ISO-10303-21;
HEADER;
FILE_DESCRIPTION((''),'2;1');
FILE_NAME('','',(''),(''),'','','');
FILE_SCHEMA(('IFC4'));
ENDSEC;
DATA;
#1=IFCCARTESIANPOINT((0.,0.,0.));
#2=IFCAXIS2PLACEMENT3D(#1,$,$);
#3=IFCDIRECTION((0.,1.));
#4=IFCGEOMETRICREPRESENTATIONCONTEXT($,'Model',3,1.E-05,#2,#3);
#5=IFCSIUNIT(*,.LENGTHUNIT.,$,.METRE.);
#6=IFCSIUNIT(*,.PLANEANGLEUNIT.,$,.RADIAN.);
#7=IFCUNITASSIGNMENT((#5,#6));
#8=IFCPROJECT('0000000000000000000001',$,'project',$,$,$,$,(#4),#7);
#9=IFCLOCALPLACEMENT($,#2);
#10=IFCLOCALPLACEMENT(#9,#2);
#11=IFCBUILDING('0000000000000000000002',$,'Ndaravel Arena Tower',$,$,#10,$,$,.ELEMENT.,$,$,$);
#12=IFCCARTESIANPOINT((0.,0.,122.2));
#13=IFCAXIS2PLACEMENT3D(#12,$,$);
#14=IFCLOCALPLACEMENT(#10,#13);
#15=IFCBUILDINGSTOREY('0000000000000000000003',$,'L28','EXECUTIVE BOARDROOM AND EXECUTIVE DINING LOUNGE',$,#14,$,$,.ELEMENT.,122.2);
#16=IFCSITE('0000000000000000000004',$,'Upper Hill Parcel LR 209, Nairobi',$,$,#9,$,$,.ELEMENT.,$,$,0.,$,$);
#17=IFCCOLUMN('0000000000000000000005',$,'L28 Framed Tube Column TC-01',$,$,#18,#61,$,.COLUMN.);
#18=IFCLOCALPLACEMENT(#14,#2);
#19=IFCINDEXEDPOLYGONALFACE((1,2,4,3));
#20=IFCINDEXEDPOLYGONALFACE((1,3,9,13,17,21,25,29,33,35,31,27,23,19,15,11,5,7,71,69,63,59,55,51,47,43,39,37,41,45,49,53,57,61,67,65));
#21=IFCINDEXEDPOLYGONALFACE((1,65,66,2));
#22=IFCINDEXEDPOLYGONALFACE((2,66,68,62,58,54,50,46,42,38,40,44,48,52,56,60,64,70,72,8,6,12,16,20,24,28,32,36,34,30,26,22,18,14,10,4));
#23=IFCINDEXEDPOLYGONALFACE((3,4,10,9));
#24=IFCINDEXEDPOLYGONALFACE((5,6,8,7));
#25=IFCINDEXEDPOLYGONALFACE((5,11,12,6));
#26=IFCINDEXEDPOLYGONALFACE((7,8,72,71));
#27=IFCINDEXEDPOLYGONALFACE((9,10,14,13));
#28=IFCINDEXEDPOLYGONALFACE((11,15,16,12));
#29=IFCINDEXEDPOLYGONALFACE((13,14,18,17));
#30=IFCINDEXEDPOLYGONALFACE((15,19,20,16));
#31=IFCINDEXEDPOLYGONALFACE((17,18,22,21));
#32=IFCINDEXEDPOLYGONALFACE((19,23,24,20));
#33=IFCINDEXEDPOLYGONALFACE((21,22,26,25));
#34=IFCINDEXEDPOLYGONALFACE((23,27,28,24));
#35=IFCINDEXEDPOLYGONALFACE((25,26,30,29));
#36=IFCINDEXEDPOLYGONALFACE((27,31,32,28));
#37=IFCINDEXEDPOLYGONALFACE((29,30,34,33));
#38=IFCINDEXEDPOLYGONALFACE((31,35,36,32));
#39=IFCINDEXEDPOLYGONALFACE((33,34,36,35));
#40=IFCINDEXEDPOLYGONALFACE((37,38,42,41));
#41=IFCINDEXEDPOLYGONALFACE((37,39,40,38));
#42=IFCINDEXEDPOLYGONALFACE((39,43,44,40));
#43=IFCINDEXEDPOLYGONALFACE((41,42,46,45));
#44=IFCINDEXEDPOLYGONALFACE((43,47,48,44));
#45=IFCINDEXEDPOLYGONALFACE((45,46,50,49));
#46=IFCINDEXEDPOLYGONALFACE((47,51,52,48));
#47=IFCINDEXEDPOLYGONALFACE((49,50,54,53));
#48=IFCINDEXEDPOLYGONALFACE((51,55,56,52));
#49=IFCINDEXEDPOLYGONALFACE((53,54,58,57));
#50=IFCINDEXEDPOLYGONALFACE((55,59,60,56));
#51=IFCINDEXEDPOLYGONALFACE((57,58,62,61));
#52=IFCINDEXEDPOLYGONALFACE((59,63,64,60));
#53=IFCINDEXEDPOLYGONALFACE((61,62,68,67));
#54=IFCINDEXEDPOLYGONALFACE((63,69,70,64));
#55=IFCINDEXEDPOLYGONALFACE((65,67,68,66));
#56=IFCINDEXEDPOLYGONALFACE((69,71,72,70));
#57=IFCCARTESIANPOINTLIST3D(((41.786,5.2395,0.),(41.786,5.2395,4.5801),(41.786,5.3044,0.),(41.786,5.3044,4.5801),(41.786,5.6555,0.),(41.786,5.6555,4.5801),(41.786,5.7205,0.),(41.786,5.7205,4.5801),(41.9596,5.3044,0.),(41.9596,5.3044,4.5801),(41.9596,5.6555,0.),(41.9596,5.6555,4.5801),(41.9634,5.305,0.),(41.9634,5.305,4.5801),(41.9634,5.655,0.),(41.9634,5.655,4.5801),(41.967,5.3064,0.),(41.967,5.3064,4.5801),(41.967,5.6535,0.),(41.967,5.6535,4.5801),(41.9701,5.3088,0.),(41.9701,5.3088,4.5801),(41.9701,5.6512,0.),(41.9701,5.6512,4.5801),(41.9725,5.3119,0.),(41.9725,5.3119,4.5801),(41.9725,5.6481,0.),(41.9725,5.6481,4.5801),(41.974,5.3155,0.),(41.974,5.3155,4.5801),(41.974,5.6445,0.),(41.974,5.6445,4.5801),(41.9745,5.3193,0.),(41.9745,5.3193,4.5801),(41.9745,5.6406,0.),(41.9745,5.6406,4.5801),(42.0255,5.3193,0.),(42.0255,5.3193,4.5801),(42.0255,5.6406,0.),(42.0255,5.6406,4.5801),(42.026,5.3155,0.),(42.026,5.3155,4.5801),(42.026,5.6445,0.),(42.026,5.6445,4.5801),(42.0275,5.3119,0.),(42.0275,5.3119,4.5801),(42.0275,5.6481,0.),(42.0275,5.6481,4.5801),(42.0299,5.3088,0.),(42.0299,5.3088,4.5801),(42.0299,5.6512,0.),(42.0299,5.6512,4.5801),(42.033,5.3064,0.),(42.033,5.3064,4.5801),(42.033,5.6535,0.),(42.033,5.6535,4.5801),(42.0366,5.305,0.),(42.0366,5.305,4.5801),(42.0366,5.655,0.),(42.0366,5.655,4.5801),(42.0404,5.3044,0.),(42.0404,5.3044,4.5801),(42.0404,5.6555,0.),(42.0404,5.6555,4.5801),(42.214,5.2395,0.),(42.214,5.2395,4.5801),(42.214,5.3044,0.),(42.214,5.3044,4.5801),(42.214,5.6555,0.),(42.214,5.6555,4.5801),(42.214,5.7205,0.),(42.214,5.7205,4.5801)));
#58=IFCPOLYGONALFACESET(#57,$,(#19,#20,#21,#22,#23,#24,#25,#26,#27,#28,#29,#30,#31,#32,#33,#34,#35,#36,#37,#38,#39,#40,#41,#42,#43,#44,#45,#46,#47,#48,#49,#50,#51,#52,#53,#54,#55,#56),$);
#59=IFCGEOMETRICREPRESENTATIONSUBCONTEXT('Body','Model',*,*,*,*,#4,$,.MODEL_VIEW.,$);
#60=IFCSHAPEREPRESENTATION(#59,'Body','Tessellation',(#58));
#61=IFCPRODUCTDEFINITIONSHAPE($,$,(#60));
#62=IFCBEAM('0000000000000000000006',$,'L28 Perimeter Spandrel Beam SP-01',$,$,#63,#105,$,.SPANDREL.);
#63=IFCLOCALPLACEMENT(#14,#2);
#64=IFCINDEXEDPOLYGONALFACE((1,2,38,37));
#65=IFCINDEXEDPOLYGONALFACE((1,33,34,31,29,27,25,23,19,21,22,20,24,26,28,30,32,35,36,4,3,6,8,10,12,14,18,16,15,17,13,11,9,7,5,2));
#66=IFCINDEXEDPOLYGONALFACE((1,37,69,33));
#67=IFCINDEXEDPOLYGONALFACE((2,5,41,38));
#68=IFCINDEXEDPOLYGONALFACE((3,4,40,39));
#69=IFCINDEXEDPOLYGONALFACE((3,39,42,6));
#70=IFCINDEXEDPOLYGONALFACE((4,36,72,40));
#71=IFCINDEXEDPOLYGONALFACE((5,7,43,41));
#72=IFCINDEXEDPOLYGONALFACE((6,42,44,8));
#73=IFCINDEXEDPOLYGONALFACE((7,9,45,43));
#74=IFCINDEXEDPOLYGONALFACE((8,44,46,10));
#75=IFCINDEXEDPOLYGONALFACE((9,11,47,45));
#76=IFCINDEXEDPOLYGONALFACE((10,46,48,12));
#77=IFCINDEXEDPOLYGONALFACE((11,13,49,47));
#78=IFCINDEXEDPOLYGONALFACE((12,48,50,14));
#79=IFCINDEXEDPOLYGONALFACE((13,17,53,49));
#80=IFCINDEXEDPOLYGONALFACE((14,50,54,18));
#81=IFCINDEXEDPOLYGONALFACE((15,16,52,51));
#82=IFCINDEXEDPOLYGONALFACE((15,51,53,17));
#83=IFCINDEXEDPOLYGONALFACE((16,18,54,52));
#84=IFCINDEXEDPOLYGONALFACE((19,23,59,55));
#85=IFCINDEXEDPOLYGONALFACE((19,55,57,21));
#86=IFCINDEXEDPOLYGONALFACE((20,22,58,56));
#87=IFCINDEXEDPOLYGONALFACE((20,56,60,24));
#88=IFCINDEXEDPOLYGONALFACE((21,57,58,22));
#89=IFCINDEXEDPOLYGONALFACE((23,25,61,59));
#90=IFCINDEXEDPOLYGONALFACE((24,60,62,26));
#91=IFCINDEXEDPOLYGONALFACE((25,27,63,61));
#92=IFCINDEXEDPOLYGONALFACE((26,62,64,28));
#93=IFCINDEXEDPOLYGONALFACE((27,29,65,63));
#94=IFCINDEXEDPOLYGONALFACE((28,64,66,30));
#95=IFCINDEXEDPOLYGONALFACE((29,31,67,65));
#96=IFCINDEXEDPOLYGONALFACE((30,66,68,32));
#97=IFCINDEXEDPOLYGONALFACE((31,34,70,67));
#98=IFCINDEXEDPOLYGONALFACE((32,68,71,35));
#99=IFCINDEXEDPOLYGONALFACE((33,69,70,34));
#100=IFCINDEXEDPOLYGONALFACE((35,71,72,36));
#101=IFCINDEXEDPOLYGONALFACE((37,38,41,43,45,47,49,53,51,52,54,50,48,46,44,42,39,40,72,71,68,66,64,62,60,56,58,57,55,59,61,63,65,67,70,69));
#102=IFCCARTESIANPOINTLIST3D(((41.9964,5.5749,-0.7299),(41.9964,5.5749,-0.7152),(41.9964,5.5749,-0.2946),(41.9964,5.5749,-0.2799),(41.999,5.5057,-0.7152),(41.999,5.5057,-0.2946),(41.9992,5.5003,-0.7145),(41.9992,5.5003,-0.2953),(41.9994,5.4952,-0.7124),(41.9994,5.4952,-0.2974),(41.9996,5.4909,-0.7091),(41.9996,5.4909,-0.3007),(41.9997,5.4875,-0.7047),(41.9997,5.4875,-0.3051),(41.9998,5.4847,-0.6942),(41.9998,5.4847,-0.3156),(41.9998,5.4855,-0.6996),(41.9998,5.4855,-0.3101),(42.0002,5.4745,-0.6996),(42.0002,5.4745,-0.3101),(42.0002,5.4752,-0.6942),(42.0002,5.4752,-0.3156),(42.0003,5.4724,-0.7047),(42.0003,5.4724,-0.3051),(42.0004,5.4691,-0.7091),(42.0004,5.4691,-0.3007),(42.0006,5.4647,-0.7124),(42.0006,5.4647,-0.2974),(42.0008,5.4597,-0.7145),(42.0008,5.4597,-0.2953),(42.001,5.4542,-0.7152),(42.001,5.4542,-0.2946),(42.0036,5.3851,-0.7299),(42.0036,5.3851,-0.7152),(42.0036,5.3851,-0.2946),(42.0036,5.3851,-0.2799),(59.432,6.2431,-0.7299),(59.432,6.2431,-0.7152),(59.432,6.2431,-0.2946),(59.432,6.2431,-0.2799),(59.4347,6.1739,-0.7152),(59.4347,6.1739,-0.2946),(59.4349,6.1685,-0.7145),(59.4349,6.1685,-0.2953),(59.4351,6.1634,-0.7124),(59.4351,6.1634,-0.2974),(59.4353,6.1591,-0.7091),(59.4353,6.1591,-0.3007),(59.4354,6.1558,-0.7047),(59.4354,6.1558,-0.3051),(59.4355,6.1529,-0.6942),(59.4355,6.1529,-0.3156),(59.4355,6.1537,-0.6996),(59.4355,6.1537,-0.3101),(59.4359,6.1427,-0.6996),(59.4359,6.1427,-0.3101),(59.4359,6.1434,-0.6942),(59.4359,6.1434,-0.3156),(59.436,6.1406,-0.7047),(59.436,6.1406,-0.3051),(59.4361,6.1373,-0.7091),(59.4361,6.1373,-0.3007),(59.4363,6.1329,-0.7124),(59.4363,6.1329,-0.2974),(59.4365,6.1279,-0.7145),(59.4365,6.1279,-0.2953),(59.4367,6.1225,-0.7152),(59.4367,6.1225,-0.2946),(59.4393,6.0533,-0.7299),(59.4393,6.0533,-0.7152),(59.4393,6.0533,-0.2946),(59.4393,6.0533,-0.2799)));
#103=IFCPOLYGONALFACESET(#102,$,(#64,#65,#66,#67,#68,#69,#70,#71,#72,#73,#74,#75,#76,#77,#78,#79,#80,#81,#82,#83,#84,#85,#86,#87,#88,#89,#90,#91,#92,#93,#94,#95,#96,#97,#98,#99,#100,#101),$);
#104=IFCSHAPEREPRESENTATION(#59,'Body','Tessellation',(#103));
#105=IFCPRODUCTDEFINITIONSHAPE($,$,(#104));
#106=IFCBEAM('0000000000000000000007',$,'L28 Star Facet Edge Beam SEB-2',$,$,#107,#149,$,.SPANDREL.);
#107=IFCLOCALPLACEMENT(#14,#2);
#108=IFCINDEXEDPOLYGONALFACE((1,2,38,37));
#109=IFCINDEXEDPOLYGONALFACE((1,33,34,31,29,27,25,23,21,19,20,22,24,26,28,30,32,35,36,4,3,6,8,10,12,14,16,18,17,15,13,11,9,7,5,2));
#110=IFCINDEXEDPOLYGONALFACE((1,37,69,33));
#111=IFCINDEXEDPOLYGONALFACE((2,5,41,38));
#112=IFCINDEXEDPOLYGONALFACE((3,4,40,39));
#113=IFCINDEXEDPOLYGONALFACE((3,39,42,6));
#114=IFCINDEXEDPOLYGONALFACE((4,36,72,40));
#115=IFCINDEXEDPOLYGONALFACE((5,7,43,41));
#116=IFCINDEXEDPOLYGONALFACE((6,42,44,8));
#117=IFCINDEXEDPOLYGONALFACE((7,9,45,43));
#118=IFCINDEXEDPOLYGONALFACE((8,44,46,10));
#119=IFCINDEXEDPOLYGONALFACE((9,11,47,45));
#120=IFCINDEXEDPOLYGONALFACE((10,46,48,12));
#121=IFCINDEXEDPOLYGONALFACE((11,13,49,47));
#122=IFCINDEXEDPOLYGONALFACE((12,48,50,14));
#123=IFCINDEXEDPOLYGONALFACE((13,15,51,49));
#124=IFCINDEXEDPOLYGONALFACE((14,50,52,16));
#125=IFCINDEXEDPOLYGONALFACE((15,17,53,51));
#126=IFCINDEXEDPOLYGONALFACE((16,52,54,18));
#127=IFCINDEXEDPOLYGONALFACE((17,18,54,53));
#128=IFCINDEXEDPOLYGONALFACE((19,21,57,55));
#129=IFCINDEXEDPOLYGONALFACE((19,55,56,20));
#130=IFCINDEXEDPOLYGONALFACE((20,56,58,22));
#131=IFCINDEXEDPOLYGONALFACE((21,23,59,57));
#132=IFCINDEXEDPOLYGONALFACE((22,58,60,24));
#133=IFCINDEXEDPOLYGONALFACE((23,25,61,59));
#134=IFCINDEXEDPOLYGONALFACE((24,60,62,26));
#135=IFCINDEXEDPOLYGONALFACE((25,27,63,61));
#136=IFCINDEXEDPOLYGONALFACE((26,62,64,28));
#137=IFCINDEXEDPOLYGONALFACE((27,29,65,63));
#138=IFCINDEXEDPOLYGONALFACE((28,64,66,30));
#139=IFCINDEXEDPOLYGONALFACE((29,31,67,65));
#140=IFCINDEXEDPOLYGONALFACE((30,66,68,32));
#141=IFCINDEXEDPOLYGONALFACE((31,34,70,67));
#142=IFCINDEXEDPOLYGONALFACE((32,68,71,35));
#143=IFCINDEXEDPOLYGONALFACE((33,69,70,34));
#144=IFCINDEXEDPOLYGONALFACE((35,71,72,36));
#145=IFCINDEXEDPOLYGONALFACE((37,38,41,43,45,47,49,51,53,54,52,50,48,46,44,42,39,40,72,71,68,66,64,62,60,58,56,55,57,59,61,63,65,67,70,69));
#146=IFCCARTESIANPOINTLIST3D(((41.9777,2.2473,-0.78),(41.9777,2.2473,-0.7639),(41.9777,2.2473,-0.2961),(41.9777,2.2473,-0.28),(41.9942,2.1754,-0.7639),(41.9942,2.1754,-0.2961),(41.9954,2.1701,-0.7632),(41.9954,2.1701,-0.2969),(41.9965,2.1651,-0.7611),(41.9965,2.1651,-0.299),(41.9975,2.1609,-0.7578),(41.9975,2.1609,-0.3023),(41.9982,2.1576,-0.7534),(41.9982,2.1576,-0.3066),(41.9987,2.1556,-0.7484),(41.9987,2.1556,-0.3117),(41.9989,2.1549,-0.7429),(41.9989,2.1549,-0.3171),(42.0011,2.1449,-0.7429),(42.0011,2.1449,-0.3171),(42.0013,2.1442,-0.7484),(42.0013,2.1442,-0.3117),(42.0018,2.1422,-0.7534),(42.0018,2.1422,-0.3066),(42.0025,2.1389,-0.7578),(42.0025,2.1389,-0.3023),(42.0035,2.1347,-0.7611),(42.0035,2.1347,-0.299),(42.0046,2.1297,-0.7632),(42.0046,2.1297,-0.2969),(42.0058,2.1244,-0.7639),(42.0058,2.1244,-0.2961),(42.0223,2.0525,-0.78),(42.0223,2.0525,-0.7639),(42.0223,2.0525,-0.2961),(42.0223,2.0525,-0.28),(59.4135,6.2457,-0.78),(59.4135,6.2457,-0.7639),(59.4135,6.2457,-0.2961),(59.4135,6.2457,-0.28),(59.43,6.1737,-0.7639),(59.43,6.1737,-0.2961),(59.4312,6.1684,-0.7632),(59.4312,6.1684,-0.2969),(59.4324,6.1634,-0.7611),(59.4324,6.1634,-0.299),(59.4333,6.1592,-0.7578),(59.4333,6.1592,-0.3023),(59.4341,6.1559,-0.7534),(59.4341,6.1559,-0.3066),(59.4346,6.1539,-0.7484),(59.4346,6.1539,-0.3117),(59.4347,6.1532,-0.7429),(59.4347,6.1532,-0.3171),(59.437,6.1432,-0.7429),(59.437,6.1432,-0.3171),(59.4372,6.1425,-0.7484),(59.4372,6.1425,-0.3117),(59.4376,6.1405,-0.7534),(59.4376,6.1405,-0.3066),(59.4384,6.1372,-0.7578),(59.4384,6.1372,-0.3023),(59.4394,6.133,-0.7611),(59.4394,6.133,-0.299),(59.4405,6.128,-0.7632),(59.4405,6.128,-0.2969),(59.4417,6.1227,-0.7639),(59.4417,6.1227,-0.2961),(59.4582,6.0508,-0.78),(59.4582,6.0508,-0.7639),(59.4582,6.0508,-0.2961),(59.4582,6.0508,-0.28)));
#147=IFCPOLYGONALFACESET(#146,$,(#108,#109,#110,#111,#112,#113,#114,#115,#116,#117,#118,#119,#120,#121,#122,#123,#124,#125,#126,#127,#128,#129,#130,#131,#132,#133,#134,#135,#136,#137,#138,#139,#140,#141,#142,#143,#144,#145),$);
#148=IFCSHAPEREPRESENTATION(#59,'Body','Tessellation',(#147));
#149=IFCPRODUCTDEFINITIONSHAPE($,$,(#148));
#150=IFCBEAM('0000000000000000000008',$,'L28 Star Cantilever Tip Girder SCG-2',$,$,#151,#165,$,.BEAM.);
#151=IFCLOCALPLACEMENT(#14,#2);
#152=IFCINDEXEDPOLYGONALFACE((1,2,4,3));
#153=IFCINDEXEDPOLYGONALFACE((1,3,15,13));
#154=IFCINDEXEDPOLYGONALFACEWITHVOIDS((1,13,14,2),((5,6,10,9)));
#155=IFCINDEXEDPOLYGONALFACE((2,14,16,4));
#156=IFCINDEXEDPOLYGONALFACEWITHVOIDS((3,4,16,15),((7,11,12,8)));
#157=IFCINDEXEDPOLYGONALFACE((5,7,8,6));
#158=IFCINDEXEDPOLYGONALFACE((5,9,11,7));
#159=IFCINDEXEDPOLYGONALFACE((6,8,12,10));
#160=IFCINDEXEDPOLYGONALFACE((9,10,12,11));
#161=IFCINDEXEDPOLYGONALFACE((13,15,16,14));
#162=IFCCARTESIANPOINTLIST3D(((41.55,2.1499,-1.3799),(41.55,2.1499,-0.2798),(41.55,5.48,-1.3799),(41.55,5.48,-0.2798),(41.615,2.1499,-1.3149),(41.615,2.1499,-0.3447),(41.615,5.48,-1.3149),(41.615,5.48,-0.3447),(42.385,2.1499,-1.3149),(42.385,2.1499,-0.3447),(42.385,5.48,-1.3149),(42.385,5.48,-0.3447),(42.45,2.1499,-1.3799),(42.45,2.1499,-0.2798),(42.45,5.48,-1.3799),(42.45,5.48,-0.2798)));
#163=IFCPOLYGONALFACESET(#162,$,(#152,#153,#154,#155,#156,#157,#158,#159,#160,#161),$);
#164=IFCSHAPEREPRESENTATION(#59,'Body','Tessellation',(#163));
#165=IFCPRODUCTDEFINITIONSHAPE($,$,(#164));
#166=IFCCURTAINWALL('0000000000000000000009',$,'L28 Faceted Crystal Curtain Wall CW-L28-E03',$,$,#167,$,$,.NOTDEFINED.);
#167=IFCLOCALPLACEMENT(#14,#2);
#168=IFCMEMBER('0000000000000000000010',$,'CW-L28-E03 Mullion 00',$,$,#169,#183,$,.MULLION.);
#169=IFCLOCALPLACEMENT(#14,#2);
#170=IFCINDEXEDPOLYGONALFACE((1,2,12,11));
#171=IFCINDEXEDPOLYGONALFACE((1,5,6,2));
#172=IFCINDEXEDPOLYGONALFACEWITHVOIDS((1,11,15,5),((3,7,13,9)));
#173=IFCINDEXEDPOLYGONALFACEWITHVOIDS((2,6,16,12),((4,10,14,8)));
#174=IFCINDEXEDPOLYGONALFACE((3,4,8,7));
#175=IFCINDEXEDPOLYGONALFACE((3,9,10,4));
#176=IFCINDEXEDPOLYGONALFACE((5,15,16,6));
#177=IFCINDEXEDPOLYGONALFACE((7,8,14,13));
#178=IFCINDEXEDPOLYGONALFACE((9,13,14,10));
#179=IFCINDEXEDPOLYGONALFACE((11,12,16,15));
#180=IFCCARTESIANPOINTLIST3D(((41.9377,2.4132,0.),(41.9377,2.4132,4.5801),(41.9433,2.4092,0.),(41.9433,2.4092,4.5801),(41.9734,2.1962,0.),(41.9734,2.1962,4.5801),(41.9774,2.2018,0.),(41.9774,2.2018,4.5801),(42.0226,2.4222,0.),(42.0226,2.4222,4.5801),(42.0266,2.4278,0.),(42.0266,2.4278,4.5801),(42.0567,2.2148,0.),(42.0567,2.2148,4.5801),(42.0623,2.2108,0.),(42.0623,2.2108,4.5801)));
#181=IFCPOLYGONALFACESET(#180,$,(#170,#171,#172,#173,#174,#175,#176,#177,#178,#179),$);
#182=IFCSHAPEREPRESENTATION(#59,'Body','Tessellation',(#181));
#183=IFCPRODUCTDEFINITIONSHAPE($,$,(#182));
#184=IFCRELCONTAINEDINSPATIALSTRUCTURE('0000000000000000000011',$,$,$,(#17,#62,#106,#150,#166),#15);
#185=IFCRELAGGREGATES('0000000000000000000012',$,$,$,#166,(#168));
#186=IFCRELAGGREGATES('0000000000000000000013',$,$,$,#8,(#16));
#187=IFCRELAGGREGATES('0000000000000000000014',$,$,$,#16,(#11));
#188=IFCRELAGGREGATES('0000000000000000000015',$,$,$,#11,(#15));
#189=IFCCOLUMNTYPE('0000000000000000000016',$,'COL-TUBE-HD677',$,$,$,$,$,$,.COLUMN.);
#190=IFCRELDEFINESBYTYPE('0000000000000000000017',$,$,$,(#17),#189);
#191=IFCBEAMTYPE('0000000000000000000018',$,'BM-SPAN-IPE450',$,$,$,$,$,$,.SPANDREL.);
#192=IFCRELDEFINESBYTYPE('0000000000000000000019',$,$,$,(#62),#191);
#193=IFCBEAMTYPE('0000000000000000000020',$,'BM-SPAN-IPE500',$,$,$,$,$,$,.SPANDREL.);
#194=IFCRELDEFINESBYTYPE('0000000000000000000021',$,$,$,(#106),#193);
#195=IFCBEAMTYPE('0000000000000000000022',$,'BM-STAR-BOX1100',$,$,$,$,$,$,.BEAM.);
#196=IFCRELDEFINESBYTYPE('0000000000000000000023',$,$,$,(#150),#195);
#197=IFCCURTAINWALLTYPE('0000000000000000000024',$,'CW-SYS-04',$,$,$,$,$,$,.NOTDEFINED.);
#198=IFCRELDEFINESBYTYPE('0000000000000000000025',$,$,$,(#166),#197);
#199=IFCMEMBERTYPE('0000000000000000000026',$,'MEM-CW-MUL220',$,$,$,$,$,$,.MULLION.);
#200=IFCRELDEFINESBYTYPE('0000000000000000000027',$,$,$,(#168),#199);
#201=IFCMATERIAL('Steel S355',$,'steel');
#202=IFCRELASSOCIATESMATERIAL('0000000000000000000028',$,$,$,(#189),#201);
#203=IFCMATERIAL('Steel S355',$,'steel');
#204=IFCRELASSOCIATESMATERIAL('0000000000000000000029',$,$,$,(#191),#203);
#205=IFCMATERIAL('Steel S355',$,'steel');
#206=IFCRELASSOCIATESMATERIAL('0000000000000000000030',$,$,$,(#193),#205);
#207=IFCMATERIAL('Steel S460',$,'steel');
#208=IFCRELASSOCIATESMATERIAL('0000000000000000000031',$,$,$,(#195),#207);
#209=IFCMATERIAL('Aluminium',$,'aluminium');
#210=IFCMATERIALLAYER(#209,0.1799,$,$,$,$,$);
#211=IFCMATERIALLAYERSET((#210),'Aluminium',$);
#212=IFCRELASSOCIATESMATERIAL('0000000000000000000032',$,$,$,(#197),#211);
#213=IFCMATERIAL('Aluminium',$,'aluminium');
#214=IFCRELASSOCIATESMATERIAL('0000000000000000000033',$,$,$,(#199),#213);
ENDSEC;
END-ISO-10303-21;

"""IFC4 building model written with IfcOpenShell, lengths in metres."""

from ifc_helpers import new_model, si_unit, direction, frame, origin, origin_2d, place, context, subcontext, project, spatial, hollow_rectangle, i_section, extrude, material, layer, layer_set, material_profile, profile_set, type_object, element, aggregate, save


model = new_model("IFC4")

# Units and contexts
model_context = context("Model", 3, precision=1e-05, world=origin(), true_north=direction((0.0, 1.0)))
body_context = subcontext(model_context, "Body", "Model", "MODEL_VIEW")
ifc_project = project(units=[si_unit("LENGTHUNIT", "METRE"), si_unit("PLANEANGLEUNIT", "RADIAN")], contexts=[model_context])

# Site, building, storey
site_placement = place(None, origin())
site = spatial("IfcSite", under=ifc_project, at=site_placement, Name="Upper Hill Parcel LR 209, Nairobi", CompositionType="ELEMENT", RefElevation=0.0)
building_placement = place(site_placement, origin())
building = spatial("IfcBuilding", under=site, at=building_placement, Name="Ndaravel Arena Tower", CompositionType="ELEMENT")
storey_placement = place(building_placement, frame((0.0, 0.0, 122.2)))
storey = spatial("IfcBuildingStorey", under=building, at=storey_placement, Name="L28", Description="EXECUTIVE BOARDROOM AND EXECUTIVE DINING LOUNGE", CompositionType="ELEMENT", Elevation=122.2)

# Column
ifc_material_1 = material(Name="Steel S355", Category="steel")
ifc_material_profile_1 = material_profile(ifc_material_1, i_section(OverallWidth=0.428, OverallDepth=0.481, WebThickness=0.051, FlangeThickness=0.0649, FilletRadius=0.0149, at=origin_2d()), Name="HD 400x677")
ifc_profile_set_1 = profile_set([ifc_material_profile_1], Name="Steel S355")
column_type = type_object("IfcColumnType", Name="COL-TUBE-HD677", PredefinedType="COLUMN", material=ifc_profile_set_1)
column_placement = place(storey_placement, frame((42.0, 5.48, 0.0), z_axis=(0.0, 0.0, 1.0), x_axis=(1.0, 0.0, 0.0)))
element("IfcColumn", 1, at=column_placement, inside=storey, type_object=column_type, Name="L28 Framed Tube Column TC-01", PredefinedType="COLUMN", context=body_context, shape_type="SweptSolid", body=[
    extrude(i_section(OverallWidth=0.428, OverallDepth=0.481, WebThickness=0.051, FlangeThickness=0.0649, FilletRadius=0.0149, at=origin_2d()), origin(), (0.0, 0.0, 1.0), 4.5801),
])

# Beams
ifc_material_2 = material(Name="Steel S355", Category="steel")
ifc_material_profile_2 = material_profile(ifc_material_2, i_section(OverallWidth=0.1899, OverallDepth=0.45, WebThickness=0.0095, FlangeThickness=0.0146, FilletRadius=0.021, at=origin_2d()), Name="IPE 450")
ifc_profile_set_2 = profile_set([ifc_material_profile_2], Name="Steel S355")
beam_type_1 = type_object("IfcBeamType", Name="BM-SPAN-IPE450", PredefinedType="SPANDREL", material=ifc_profile_set_2)
beam_1_placement = place(storey_placement, frame((42.0, 5.48, -0.5049), z_axis=(0.999266, 0.038296, 0.0), x_axis=(-0.038296, 0.999266, 0.0)))
element("IfcBeam", 2, at=beam_1_placement, inside=storey, type_object=beam_type_1, Name="L28 Perimeter Spandrel Beam SP-01", PredefinedType="SPANDREL", context=body_context, shape_type="SweptSolid", body=[
    extrude(i_section(OverallWidth=0.1899, OverallDepth=0.45, WebThickness=0.0095, FlangeThickness=0.0146, FilletRadius=0.021, at=origin_2d()), origin(), (0.0, 0.0, 1.0), 17.4485),
])
ifc_material_3 = material(Name="Steel S355", Category="steel")
ifc_material_profile_3 = material_profile(ifc_material_3, i_section(OverallWidth=0.2, OverallDepth=0.5, WebThickness=0.0103, FlangeThickness=0.0161, FilletRadius=0.021, at=origin_2d()), Name="IPE 500")
ifc_profile_set_3 = profile_set([ifc_material_profile_3], Name="Steel S355")
beam_type_2 = type_object("IfcBeamType", Name="BM-SPAN-IPE500", PredefinedType="SPANDREL", material=ifc_profile_set_3)
beam_2_placement = place(storey_placement, frame((42.0, 2.1499, -0.53), z_axis=(0.974701, 0.223514, 0.0), x_axis=(-0.223514, 0.974701, 0.0)))
element("IfcBeam", 3, at=beam_2_placement, inside=storey, type_object=beam_type_2, Name="L28 Star Facet Edge Beam SEB-2", PredefinedType="SPANDREL", context=body_context, shape_type="SweptSolid", body=[
    extrude(i_section(OverallWidth=0.2, OverallDepth=0.5, WebThickness=0.0103, FlangeThickness=0.0161, FilletRadius=0.021, at=origin_2d()), origin(), (0.0, 0.0, 1.0), 17.8884),
])
ifc_material_4 = material(Name="Steel S460", Category="steel")
ifc_material_profile_4 = material_profile(ifc_material_4, hollow_rectangle(XDim=0.8999, YDim=1.1001, WallThickness=0.0649, at=origin_2d()), Name="BOX 1100x900x65")
ifc_profile_set_4 = profile_set([ifc_material_profile_4], Name="Steel S460")
beam_type_3 = type_object("IfcBeamType", Name="BM-STAR-BOX1100", PredefinedType="BEAM", material=ifc_profile_set_4)
beam_3_placement = place(storey_placement, frame((42.0, 5.48, -0.8298), z_axis=(0.0, -1.0, 0.0), x_axis=(1.0, 0.0, 0.0)))
element("IfcBeam", 4, at=beam_3_placement, inside=storey, type_object=beam_type_3, Name="L28 Star Cantilever Tip Girder SCG-2", PredefinedType="BEAM", context=body_context, shape_type="SweptSolid", body=[
    extrude(hollow_rectangle(XDim=0.8999, YDim=1.1001, WallThickness=0.0649, at=origin_2d()), origin(), (0.0, 0.0, 1.0), 3.3301),
])

# Curtain wall, member
ifc_material_5 = material(Name="Aluminium", Category="aluminium")
ifc_layer_1 = layer(ifc_material_5, 0.1799)
ifc_layer_set_1 = layer_set([ifc_layer_1], Name="Aluminium")
curtain_wall_type = type_object("IfcCurtainWallType", Name="CW-SYS-04", PredefinedType="NOTDEFINED", material=ifc_layer_set_1)
curtain_wall_placement = place(storey_placement, origin())
curtain_wall = element("IfcCurtainWall", 5, at=curtain_wall_placement, inside=storey, type_object=curtain_wall_type, Name="L28 Faceted Crystal Curtain Wall CW-L28-E03", PredefinedType="NOTDEFINED")
ifc_material_6 = material(Name="Aluminium", Category="aluminium")
ifc_material_profile_5 = material_profile(ifc_material_6, hollow_rectangle(XDim=0.0901, YDim=0.22, WallThickness=0.0049, at=origin_2d()), Name="CW MULLION 90x220x5")
ifc_profile_set_5 = profile_set([ifc_material_profile_5], Name="Aluminium")
member_type_1 = type_object("IfcMemberType", Name="MEM-CW-MUL220", PredefinedType="MULLION", material=ifc_profile_set_5)
member_1_placement = place(storey_placement, frame((42.0, 2.312, 0.0), z_axis=(0.0, 0.0, 1.0), x_axis=(0.98674, 0.16231, 0.0)))
member_1 = element("IfcMember", 6, at=member_1_placement, type_object=member_type_1, Name="CW-L28-E03 Mullion 00", PredefinedType="MULLION", context=body_context, shape_type="SweptSolid", body=[
    extrude(hollow_rectangle(XDim=0.0901, YDim=0.22, WallThickness=0.0049, at=origin_2d()), origin(), (0.0, 0.0, 1.0), 4.5801),
])

aggregate(curtain_wall, [member_1])

save(model, "model.ifc")
